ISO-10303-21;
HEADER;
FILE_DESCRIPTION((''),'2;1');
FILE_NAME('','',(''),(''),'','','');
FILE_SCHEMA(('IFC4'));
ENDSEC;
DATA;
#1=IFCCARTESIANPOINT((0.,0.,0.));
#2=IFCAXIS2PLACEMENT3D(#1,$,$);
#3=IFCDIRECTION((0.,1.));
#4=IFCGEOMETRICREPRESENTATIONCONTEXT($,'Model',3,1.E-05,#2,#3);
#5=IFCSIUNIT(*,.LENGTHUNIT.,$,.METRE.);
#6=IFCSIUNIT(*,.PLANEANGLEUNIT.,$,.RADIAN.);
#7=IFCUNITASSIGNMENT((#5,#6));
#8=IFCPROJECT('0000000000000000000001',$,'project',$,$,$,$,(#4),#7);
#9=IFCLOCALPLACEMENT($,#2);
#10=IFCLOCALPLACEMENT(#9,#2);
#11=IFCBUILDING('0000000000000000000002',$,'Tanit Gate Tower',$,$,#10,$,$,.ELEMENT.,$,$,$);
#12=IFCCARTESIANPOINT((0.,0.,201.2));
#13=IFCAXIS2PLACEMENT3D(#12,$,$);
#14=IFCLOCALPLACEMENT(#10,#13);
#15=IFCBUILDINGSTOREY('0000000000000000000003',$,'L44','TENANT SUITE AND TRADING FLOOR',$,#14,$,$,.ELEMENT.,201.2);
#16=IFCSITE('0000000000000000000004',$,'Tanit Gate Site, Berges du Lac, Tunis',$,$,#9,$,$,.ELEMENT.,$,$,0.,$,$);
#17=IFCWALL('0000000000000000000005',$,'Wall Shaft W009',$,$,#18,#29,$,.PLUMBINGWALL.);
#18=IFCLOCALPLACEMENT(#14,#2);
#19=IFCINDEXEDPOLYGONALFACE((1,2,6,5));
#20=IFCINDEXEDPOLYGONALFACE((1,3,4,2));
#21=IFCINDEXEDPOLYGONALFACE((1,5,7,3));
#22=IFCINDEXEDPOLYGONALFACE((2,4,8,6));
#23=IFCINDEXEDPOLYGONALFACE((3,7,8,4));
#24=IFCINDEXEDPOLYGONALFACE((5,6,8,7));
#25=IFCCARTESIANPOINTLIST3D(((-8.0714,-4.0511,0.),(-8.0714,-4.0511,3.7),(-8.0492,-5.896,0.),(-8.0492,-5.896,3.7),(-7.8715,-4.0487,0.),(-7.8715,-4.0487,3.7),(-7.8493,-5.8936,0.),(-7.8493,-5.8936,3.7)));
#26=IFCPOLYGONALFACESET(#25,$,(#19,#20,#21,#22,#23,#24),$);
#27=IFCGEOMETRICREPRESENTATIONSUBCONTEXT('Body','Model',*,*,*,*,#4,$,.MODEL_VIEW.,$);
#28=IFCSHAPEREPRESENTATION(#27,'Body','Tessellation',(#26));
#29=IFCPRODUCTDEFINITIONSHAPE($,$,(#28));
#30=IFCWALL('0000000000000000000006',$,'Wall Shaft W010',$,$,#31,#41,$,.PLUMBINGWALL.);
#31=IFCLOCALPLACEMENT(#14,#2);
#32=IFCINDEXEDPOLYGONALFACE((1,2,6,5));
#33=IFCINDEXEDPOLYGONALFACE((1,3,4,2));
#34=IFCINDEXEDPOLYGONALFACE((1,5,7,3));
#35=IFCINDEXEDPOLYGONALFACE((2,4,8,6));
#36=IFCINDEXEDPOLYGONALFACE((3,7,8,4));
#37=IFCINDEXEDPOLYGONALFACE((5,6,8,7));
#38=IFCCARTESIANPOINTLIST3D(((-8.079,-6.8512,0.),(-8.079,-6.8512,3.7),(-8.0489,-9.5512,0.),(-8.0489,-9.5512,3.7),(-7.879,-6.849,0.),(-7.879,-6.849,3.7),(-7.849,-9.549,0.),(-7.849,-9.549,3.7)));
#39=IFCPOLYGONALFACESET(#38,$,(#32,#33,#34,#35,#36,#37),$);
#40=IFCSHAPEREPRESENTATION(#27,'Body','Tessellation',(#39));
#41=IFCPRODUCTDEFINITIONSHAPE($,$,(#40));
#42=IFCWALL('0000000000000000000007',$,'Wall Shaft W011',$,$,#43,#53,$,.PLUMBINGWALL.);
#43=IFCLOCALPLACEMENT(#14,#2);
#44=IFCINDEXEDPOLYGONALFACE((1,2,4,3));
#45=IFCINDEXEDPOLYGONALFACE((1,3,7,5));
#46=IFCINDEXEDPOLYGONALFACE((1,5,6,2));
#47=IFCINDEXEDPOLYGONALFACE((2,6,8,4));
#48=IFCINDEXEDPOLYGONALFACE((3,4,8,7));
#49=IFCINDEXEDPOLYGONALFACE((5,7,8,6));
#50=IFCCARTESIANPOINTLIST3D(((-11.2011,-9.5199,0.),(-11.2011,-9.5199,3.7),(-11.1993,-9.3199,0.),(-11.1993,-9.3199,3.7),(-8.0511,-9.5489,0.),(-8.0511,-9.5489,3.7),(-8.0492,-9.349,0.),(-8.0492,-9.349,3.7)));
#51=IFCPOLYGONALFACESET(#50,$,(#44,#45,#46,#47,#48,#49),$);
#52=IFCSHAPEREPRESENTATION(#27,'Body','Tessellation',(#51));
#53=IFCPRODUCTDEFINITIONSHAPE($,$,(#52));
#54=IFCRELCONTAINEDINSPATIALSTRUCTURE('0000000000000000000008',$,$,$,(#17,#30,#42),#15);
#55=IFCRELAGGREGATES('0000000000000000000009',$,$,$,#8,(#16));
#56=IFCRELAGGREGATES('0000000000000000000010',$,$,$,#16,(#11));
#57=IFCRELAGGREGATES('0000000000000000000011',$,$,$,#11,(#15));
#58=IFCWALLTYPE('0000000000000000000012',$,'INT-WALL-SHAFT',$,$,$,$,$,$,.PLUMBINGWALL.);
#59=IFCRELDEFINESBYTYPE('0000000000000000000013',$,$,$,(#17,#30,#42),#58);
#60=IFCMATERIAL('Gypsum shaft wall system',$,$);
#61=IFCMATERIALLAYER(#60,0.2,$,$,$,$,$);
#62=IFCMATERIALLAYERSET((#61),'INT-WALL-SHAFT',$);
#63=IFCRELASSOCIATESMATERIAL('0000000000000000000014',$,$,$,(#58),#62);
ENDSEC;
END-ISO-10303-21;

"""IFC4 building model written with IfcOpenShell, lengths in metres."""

from ifc_helpers import new_model, si_unit, direction, frame, frame_2d, origin, place, context, subcontext, project, spatial, rectangle, extrude, material, layer, layer_set, type_object, element, save


model = new_model("IFC4")

# Units and contexts
model_context = context("Model", 3, precision=1e-05, world=origin(), true_north=direction((0.0, 1.0)))
body_context = subcontext(model_context, "Body", "Model", "MODEL_VIEW")
ifc_project = project(units=[si_unit("LENGTHUNIT", "METRE"), si_unit("PLANEANGLEUNIT", "RADIAN")], contexts=[model_context])

# Site, building, storey
site_placement = place(None, origin())
site = spatial("IfcSite", under=ifc_project, at=site_placement, Name="Tanit Gate Site, Berges du Lac, Tunis", CompositionType="ELEMENT", RefElevation=0.0)
building_placement = place(site_placement, origin())
building = spatial("IfcBuilding", under=site, at=building_placement, Name="Tanit Gate Tower", CompositionType="ELEMENT")
storey_placement = place(building_placement, frame((0.0, 0.0, 201.2)))
storey = spatial("IfcBuildingStorey", under=building, at=storey_placement, Name="L44", Description="TENANT SUITE AND TRADING FLOOR", CompositionType="ELEMENT", Elevation=201.2)

# Walls
ifc_material_1 = material(Name="Gypsum shaft wall system")
ifc_layer_1 = layer(ifc_material_1, 0.2)
ifc_layer_set_1 = layer_set([ifc_layer_1], Name="INT-WALL-SHAFT")
wall_type_1 = type_object("IfcWallType", Name="INT-WALL-SHAFT", PredefinedType="PLUMBINGWALL", material=ifc_layer_set_1)
wall_1_placement = place(storey_placement, frame((-7.9714, -4.05, 0.0), z_axis=(0.0, 0.0, 1.0), x_axis=(0.012043, -0.999927, 0.0)))
element("IfcWall", 1, at=wall_1_placement, inside=storey, type_object=wall_type_1, Name="Wall Shaft W009", PredefinedType="PLUMBINGWALL", context=body_context, shape_type="SweptSolid", body=[
    extrude(rectangle(XDim=1.845, YDim=0.2, at=frame_2d((0.9224, 0.0))), origin(), (0.0, 0.0, 1.0), 3.7),
])
wall_2_placement = place(storey_placement, frame((-7.979, -6.8501, 0.0), z_axis=(0.0, 0.0, 1.0), x_axis=(0.011121, -0.999938, 0.0)))
element("IfcWall", 2, at=wall_2_placement, inside=storey, type_object=wall_type_1, Name="Wall Shaft W010", PredefinedType="PLUMBINGWALL", context=body_context, shape_type="SweptSolid", body=[
    extrude(rectangle(XDim=2.7002, YDim=0.2, at=frame_2d((1.3501, 0.0))), origin(), (0.0, 0.0, 1.0), 3.7),
])
wall_3_placement = place(storey_placement, frame((-8.05, -9.449, 0.0), z_axis=(0.0, 0.0, 1.0), x_axis=(-0.999957, 0.009223, 0.0)))
element("IfcWall", 3, at=wall_3_placement, inside=storey, type_object=wall_type_1, Name="Wall Shaft W011", PredefinedType="PLUMBINGWALL", context=body_context, shape_type="SweptSolid", body=[
    extrude(rectangle(XDim=3.1501, YDim=0.2, at=frame_2d((1.5752, 0.0))), origin(), (0.0, 0.0, 1.0), 3.7),
])

save(model, "model.ifc")
